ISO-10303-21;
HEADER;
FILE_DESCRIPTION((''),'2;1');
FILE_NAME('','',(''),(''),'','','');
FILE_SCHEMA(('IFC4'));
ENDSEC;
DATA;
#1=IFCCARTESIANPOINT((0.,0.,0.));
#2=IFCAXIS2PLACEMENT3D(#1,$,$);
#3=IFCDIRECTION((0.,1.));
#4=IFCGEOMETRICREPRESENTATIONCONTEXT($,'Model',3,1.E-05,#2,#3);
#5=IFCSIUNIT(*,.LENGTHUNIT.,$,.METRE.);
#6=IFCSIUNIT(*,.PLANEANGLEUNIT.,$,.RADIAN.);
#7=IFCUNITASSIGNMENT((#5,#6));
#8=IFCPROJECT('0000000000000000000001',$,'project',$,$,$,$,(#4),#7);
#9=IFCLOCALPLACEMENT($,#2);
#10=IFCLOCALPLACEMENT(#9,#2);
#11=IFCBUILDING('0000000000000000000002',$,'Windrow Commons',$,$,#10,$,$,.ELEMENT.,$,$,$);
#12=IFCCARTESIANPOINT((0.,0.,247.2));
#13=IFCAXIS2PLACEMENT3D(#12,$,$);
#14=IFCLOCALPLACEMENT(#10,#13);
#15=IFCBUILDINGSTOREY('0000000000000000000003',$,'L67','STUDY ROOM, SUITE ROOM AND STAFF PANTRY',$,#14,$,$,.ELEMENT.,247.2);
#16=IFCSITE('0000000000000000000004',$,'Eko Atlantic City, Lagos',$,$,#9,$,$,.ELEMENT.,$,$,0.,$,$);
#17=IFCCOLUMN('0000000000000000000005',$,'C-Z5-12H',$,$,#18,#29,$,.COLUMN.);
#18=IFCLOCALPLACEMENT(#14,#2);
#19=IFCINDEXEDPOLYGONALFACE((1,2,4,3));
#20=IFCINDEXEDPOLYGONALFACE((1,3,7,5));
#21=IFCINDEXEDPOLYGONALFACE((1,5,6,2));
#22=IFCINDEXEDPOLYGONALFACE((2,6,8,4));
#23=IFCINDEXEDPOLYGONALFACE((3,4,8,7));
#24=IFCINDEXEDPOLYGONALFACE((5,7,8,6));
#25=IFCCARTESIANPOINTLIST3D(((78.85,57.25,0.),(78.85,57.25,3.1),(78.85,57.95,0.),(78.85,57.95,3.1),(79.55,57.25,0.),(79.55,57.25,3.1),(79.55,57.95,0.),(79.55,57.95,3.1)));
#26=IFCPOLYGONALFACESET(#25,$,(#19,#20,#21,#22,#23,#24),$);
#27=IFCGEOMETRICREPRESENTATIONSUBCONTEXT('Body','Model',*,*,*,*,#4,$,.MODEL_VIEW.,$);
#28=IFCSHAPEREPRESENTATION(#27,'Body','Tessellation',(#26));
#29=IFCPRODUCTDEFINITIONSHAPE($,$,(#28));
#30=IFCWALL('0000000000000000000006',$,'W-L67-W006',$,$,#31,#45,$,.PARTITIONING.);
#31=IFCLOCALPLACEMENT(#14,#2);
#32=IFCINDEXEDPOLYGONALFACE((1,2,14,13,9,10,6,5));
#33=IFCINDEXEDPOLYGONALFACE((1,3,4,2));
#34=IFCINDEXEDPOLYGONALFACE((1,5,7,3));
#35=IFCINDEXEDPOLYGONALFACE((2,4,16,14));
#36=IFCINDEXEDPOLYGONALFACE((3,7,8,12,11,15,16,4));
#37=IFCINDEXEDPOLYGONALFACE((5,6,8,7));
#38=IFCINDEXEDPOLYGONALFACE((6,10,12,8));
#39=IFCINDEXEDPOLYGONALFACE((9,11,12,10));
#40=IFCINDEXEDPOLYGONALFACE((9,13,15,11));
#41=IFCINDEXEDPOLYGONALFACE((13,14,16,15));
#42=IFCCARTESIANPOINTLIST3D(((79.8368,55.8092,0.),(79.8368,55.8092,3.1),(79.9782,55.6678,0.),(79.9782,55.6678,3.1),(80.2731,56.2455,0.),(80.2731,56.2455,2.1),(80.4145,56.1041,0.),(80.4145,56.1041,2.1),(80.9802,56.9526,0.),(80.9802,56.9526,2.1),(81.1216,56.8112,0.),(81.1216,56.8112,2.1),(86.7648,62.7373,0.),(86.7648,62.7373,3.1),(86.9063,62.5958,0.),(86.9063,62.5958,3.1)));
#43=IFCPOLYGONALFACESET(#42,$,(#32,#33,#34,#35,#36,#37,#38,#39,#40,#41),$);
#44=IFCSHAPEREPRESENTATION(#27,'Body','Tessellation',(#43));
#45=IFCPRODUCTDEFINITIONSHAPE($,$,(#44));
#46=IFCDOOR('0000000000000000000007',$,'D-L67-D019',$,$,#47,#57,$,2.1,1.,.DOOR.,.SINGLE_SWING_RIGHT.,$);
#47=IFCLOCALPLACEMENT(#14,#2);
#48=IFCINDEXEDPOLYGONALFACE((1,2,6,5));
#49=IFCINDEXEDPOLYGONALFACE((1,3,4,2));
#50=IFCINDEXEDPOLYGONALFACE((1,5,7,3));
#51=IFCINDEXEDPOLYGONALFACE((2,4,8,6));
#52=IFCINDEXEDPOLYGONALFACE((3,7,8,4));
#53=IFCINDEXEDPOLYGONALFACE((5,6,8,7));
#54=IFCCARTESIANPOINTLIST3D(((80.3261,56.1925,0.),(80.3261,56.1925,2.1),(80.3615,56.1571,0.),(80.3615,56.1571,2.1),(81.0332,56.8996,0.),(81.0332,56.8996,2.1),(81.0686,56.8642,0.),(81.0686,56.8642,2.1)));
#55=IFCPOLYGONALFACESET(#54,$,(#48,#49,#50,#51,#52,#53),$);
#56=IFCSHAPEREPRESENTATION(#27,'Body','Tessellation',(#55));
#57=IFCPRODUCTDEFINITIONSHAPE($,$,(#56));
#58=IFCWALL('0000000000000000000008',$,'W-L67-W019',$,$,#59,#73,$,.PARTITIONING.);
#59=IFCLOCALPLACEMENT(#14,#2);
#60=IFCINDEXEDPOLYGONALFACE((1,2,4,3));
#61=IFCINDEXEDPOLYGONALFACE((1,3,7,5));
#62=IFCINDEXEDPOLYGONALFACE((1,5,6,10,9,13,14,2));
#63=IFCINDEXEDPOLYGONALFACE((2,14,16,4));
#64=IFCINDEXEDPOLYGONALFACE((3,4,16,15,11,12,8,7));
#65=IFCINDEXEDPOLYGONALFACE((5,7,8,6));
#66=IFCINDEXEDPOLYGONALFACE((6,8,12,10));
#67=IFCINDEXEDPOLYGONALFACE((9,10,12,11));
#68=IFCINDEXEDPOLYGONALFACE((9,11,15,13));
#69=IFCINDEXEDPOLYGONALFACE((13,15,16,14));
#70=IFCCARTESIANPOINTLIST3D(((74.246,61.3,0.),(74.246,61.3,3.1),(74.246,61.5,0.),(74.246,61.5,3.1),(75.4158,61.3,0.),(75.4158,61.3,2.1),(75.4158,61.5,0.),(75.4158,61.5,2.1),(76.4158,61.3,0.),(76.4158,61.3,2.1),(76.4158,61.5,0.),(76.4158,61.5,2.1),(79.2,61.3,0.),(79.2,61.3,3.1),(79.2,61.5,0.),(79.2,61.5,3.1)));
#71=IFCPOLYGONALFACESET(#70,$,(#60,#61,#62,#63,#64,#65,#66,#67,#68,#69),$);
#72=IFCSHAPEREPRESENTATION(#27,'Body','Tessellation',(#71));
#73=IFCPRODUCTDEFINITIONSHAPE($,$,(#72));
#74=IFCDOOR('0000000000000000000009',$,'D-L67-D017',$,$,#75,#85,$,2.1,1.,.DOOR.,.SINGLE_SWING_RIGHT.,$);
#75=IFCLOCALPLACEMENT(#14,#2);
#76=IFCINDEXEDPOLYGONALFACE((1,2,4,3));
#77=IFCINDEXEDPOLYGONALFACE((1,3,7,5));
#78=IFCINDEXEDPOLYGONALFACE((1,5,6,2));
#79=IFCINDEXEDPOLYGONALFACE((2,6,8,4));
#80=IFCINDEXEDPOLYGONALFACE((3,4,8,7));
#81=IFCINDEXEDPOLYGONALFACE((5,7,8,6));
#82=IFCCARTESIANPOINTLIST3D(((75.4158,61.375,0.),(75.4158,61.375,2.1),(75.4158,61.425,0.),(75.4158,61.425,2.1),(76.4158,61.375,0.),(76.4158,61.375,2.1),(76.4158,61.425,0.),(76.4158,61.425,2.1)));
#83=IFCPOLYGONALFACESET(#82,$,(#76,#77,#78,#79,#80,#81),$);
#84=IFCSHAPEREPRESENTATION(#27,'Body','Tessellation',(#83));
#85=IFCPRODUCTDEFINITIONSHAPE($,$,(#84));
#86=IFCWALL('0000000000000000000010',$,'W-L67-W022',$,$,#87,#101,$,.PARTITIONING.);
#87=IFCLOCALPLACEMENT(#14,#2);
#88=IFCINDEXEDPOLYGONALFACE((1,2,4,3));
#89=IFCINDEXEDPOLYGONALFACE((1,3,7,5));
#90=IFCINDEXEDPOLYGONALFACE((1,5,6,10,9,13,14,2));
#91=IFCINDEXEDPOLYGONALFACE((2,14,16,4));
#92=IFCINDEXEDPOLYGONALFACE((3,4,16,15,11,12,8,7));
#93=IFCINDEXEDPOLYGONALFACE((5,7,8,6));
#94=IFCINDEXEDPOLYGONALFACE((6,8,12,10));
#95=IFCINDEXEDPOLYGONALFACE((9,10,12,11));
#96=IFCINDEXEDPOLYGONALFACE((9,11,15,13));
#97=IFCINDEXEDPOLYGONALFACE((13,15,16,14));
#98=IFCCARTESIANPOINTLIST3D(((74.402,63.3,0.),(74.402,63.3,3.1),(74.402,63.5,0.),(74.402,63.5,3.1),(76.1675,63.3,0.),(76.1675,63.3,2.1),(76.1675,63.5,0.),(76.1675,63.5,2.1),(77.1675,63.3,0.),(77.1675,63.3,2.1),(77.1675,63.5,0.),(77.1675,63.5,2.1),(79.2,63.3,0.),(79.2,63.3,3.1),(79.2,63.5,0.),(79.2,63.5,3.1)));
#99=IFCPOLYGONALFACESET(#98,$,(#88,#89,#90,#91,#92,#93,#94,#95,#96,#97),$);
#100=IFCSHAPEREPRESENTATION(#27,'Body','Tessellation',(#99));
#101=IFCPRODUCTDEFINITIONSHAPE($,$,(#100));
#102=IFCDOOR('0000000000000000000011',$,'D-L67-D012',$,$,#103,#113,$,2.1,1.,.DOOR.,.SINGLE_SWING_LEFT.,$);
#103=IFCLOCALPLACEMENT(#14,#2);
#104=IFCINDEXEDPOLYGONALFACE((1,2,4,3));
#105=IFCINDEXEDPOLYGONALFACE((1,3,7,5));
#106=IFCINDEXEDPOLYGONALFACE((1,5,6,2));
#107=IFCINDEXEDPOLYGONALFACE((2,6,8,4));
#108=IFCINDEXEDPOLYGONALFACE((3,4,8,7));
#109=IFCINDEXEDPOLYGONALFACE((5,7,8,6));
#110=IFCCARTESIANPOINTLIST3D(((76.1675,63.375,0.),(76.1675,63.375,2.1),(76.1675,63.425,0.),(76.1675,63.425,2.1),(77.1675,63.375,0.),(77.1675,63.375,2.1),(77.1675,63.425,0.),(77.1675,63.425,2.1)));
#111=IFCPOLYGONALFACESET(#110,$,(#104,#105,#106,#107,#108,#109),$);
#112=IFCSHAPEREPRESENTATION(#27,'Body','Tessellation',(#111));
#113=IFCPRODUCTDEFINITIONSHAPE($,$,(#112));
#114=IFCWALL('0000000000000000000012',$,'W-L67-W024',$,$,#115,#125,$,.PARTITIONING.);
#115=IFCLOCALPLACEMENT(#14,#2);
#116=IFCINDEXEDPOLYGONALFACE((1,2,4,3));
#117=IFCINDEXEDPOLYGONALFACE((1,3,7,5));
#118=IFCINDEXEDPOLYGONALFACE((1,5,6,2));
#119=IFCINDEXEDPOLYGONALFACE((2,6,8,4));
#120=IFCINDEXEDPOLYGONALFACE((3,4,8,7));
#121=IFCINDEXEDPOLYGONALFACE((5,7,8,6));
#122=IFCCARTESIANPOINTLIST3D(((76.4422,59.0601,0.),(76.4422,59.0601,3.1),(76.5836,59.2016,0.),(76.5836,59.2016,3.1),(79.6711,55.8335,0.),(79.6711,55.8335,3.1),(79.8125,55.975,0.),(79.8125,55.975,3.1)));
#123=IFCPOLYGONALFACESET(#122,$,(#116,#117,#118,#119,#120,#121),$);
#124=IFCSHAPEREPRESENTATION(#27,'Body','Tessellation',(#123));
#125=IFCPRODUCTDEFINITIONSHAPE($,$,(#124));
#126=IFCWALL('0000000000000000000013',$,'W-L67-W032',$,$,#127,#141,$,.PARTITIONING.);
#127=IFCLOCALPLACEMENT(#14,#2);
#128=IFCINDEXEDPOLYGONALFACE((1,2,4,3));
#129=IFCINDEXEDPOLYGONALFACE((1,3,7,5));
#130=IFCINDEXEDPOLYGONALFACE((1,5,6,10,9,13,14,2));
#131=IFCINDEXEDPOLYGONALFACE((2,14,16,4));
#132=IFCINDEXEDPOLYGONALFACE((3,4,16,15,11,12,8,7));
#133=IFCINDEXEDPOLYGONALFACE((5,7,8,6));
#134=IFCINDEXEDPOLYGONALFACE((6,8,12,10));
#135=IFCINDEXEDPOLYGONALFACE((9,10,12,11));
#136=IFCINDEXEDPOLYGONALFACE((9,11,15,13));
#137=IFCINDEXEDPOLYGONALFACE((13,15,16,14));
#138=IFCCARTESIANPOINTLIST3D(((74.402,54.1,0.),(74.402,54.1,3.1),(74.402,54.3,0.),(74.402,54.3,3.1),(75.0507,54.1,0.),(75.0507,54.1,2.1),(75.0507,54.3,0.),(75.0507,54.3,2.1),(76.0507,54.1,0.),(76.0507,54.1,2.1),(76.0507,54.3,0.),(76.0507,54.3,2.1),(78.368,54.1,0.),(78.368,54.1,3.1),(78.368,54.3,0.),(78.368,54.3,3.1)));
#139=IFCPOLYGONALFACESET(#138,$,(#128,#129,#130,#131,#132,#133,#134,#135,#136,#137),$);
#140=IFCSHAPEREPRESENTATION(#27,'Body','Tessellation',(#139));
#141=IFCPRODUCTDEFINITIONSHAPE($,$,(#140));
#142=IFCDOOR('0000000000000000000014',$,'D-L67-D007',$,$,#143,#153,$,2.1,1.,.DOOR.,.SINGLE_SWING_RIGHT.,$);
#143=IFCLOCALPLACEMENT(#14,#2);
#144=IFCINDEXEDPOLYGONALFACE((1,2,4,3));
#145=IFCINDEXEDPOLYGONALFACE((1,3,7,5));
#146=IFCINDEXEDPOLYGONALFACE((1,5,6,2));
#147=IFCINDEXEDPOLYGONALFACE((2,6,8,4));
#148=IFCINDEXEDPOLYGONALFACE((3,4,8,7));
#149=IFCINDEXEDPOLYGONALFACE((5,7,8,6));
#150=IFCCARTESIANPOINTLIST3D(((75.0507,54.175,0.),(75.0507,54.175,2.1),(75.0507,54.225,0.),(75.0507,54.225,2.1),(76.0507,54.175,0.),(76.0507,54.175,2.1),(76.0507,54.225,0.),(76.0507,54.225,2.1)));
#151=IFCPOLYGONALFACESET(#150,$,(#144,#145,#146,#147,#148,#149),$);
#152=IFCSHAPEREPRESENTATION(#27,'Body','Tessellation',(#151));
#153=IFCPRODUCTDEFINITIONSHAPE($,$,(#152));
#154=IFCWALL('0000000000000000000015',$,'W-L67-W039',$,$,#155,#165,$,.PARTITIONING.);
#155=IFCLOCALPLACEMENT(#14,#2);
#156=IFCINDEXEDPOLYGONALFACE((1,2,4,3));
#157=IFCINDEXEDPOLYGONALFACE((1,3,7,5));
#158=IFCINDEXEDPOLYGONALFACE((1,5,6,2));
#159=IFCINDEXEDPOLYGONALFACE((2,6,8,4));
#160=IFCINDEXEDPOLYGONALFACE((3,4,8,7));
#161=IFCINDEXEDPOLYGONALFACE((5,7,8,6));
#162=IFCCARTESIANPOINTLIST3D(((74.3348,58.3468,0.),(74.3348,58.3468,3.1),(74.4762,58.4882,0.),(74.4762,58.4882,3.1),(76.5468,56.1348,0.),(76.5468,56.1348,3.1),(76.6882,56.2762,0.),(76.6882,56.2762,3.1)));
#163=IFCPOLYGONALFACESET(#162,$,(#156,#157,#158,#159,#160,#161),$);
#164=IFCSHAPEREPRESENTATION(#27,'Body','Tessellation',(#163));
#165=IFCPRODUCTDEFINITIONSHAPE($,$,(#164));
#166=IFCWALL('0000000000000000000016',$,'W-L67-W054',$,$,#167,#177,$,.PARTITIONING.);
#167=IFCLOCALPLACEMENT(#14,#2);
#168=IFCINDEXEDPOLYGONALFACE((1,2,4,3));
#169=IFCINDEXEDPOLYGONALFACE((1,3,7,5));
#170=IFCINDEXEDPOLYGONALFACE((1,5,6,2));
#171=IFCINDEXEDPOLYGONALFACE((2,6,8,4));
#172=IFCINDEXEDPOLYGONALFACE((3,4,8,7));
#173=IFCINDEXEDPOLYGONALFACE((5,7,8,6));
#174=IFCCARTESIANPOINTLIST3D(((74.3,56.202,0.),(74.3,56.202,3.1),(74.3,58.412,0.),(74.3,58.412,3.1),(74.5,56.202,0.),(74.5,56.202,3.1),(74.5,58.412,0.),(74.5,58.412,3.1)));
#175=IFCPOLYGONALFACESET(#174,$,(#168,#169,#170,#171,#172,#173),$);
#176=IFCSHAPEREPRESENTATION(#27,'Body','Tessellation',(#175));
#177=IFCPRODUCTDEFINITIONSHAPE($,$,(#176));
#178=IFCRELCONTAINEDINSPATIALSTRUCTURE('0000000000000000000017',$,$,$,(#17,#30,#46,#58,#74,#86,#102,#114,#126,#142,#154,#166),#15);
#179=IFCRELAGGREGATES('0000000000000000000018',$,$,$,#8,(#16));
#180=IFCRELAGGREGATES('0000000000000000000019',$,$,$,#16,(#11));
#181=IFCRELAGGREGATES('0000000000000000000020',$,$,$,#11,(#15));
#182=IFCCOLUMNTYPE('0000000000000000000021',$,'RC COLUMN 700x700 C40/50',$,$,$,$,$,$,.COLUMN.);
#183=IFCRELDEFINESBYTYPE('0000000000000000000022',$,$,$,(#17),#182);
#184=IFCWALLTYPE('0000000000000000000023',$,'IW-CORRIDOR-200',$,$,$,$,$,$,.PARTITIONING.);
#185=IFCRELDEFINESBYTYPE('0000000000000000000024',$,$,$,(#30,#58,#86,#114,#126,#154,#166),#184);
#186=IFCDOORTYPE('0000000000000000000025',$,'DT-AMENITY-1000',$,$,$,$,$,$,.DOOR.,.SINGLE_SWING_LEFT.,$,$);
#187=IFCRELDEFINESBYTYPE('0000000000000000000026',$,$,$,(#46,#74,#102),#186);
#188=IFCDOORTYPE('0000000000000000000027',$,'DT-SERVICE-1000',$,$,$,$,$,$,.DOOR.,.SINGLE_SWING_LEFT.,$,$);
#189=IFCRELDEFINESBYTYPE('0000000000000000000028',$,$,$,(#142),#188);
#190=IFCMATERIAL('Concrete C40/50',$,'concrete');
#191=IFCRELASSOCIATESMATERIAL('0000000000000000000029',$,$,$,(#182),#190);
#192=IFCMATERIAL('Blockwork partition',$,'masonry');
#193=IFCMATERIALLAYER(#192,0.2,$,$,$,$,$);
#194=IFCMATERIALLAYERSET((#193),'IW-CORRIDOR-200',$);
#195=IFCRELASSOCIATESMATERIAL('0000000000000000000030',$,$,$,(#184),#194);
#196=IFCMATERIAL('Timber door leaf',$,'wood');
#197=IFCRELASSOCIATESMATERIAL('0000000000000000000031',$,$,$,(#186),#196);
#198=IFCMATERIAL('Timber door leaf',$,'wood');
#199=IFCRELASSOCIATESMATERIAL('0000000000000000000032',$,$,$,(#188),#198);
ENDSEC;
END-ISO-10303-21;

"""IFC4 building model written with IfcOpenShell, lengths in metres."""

from ifc_helpers import new_model, si_unit, direction, frame, frame_2d, origin, origin_2d, place, context, subcontext, project, spatial, rectangle, extrude, material, layer, layer_set, material_profile, profile_set, type_object, element, fill, save


model = new_model("IFC4")

# Units and contexts
model_context = context("Model", 3, precision=1e-05, world=origin(), true_north=direction((0.0, 1.0)))
body_context = subcontext(model_context, "Body", "Model", "MODEL_VIEW")
ifc_project = project(units=[si_unit("LENGTHUNIT", "METRE"), si_unit("PLANEANGLEUNIT", "RADIAN")], contexts=[model_context])

# Site, building, storey
site_placement = place(None, origin())
site = spatial("IfcSite", under=ifc_project, at=site_placement, Name="Eko Atlantic City, Lagos", CompositionType="ELEMENT", RefElevation=0.0)
building_placement = place(site_placement, origin())
building = spatial("IfcBuilding", under=site, at=building_placement, Name="Windrow Commons", CompositionType="ELEMENT")
storey_placement = place(building_placement, frame((0.0, 0.0, 247.2)))
storey = spatial("IfcBuildingStorey", under=building, at=storey_placement, Name="L67", Description="STUDY ROOM, SUITE ROOM AND STAFF PANTRY", CompositionType="ELEMENT", Elevation=247.2)

# Column
ifc_material_1 = material(Name="Concrete C40/50", Category="concrete")
ifc_material_profile = material_profile(ifc_material_1, rectangle(XDim=0.7, YDim=0.7, at=origin_2d()))
ifc_profile_set = profile_set([ifc_material_profile], Name="Concrete C40/50")
column_type = type_object("IfcColumnType", Name="RC COLUMN 700x700 C40/50", PredefinedType="COLUMN", material=ifc_profile_set)
column_placement = place(storey_placement, frame((79.2, 57.6, 0.0), z_axis=(0.0, 0.0, 1.0), x_axis=(1.0, 0.0, 0.0)))
element("IfcColumn", 1, at=column_placement, inside=storey, type_object=column_type, Name="C-Z5-12H", PredefinedType="COLUMN", context=body_context, shape_type="SweptSolid", body=[
    extrude(rectangle(XDim=0.7, YDim=0.7, at=origin_2d()), origin(), (0.0, 0.0, 1.0), 3.1),
])

# Walls, openings, doors
ifc_material_2 = material(Name="Blockwork partition", Category="masonry")
ifc_layer_1 = layer(ifc_material_2, 0.2)
ifc_layer_set_1 = layer_set([ifc_layer_1], Name="IW-CORRIDOR-200")
wall_type_1 = type_object("IfcWallType", Name="IW-CORRIDOR-200", PredefinedType="PARTITIONING", material=ifc_layer_set_1)
wall_1_placement = place(storey_placement, frame((79.9075, 55.7385, 0.0), z_axis=(0.0, 0.0, 1.0), x_axis=(0.707107, 0.707107, 0.0)))
wall_1 = element("IfcWall", 2, at=wall_1_placement, inside=storey, type_object=wall_type_1, Name="W-L67-W006", PredefinedType="PARTITIONING", context=body_context, shape_type="SweptSolid", body=[
    extrude(rectangle(XDim=9.7977, YDim=0.2, at=frame_2d((4.8989, 0.0))), origin(), (0.0, 0.0, 1.0), 3.1),
])
opening_1_placement = place(wall_1_placement, frame((0.617, 0.0, 0.0)))
opening_1 = element("IfcOpeningElement", 3, at=opening_1_placement, cuts=wall_1, PredefinedType="OPENING", context=body_context, shape_type="SweptSolid", body=[
    extrude(rectangle(XDim=1.0, YDim=2.1, at=frame_2d((0.5, 1.05))), frame((0.0, 0.11, 0.0), z_axis=(0.0, -1.0, 0.0), x_axis=(1.0, 0.0, 0.0)), (0.0, 0.0, 1.0), 0.22),
])
ifc_material_3 = material(Name="Timber door leaf", Category="wood")
door_type_1 = type_object("IfcDoorType", Name="DT-AMENITY-1000", OperationType="SINGLE_SWING_LEFT", PredefinedType="DOOR", material=ifc_material_3)
door_1_placement = place(opening_1_placement, origin())
door_1 = element("IfcDoor", 4, at=door_1_placement, inside=storey, type_object=door_type_1, Name="D-L67-D019", OperationType="SINGLE_SWING_RIGHT", OverallHeight=2.1, OverallWidth=1.0, PredefinedType="DOOR", context=body_context, shape_type="SweptSolid", body=[
    extrude(rectangle(XDim=1.0, YDim=2.1, at=frame_2d((0.5, 1.05))), frame((0.0, 0.025, 0.0), z_axis=(0.0, -1.0, 0.0), x_axis=(1.0, 0.0, 0.0)), (0.0, 0.0, 1.0), 0.05),
])
fill(opening_1, door_1)
wall_2_placement = place(storey_placement, frame((74.246, 61.4, 0.0), z_axis=(0.0, 0.0, 1.0), x_axis=(1.0, 0.0, 0.0)))
wall_2 = element("IfcWall", 5, at=wall_2_placement, inside=storey, type_object=wall_type_1, Name="W-L67-W019", PredefinedType="PARTITIONING", context=body_context, shape_type="SweptSolid", body=[
    extrude(rectangle(XDim=4.954, YDim=0.2, at=frame_2d((2.477, 0.0))), origin(), (0.0, 0.0, 1.0), 3.1),
])
opening_2_placement = place(wall_2_placement, frame((1.1698, 0.0, 0.0)))
opening_2 = element("IfcOpeningElement", 6, at=opening_2_placement, cuts=wall_2, PredefinedType="OPENING", context=body_context, shape_type="SweptSolid", body=[
    extrude(rectangle(XDim=1.0, YDim=2.1, at=frame_2d((0.5, 1.05))), frame((0.0, 0.11, 0.0), z_axis=(0.0, -1.0, 0.0), x_axis=(1.0, 0.0, 0.0)), (0.0, 0.0, 1.0), 0.22),
])
door_2_placement = place(opening_2_placement, origin())
door_2 = element("IfcDoor", 7, at=door_2_placement, inside=storey, type_object=door_type_1, Name="D-L67-D017", OperationType="SINGLE_SWING_RIGHT", OverallHeight=2.1, OverallWidth=1.0, PredefinedType="DOOR", context=body_context, shape_type="SweptSolid", body=[
    extrude(rectangle(XDim=1.0, YDim=2.1, at=frame_2d((0.5, 1.05))), frame((0.0, 0.025, 0.0), z_axis=(0.0, -1.0, 0.0), x_axis=(1.0, 0.0, 0.0)), (0.0, 0.0, 1.0), 0.05),
])
fill(opening_2, door_2)
wall_3_placement = place(storey_placement, frame((74.402, 63.4, 0.0), z_axis=(0.0, 0.0, 1.0), x_axis=(1.0, 0.0, 0.0)))
wall_3 = element("IfcWall", 8, at=wall_3_placement, inside=storey, type_object=wall_type_1, Name="W-L67-W022", PredefinedType="PARTITIONING", context=body_context, shape_type="SweptSolid", body=[
    extrude(rectangle(XDim=4.798, YDim=0.2, at=frame_2d((2.399, 0.0))), origin(), (0.0, 0.0, 1.0), 3.1),
])
opening_3_placement = place(wall_3_placement, frame((1.7655, 0.0, 0.0)))
opening_3 = element("IfcOpeningElement", 9, at=opening_3_placement, cuts=wall_3, PredefinedType="OPENING", context=body_context, shape_type="SweptSolid", body=[
    extrude(rectangle(XDim=1.0, YDim=2.1, at=frame_2d((0.5, 1.05))), frame((0.0, 0.11, 0.0), z_axis=(0.0, -1.0, 0.0), x_axis=(1.0, 0.0, 0.0)), (0.0, 0.0, 1.0), 0.22),
])
door_3_placement = place(opening_3_placement, origin())
door_3 = element("IfcDoor", 10, at=door_3_placement, inside=storey, type_object=door_type_1, Name="D-L67-D012", OperationType="SINGLE_SWING_LEFT", OverallHeight=2.1, OverallWidth=1.0, PredefinedType="DOOR", context=body_context, shape_type="SweptSolid", body=[
    extrude(rectangle(XDim=1.0, YDim=2.1, at=frame_2d((0.5, 1.05))), frame((0.0, 0.025, 0.0), z_axis=(0.0, -1.0, 0.0), x_axis=(1.0, 0.0, 0.0)), (0.0, 0.0, 1.0), 0.05),
])
fill(opening_3, door_3)

# Wall
wall_4_placement = place(storey_placement, frame((76.5129, 59.1309, 0.0), z_axis=(0.0, 0.0, 1.0), x_axis=(0.707359, -0.706855, 0.0)))
element("IfcWall", 11, at=wall_4_placement, inside=storey, type_object=wall_type_1, Name="W-L67-W024", PredefinedType="PARTITIONING", context=body_context, shape_type="SweptSolid", body=[
    extrude(rectangle(XDim=4.5647, YDim=0.2, at=frame_2d((2.2824, 0.0))), origin(), (0.0, 0.0, 1.0), 3.1),
])

# Wall, opening, door
wall_5_placement = place(storey_placement, frame((74.402, 54.2, 0.0), z_axis=(0.0, 0.0, 1.0), x_axis=(1.0, 0.0, 0.0)))
wall_5 = element("IfcWall", 12, at=wall_5_placement, inside=storey, type_object=wall_type_1, Name="W-L67-W032", PredefinedType="PARTITIONING", context=body_context, shape_type="SweptSolid", body=[
    extrude(rectangle(XDim=3.966, YDim=0.2, at=frame_2d((1.983, 0.0))), origin(), (0.0, 0.0, 1.0), 3.1),
])
opening_4_placement = place(wall_5_placement, frame((0.6487, 0.0, 0.0)))
opening_4 = element("IfcOpeningElement", 13, at=opening_4_placement, cuts=wall_5, PredefinedType="OPENING", context=body_context, shape_type="SweptSolid", body=[
    extrude(rectangle(XDim=1.0, YDim=2.1, at=frame_2d((0.5, 1.05))), frame((0.0, 0.11, 0.0), z_axis=(0.0, -1.0, 0.0), x_axis=(1.0, 0.0, 0.0)), (0.0, 0.0, 1.0), 0.22),
])
ifc_material_4 = material(Name="Timber door leaf", Category="wood")
door_type_2 = type_object("IfcDoorType", Name="DT-SERVICE-1000", OperationType="SINGLE_SWING_LEFT", PredefinedType="DOOR", material=ifc_material_4)
door_4_placement = place(opening_4_placement, origin())
door_4 = element("IfcDoor", 14, at=door_4_placement, inside=storey, type_object=door_type_2, Name="D-L67-D007", OperationType="SINGLE_SWING_RIGHT", OverallHeight=2.1, OverallWidth=1.0, PredefinedType="DOOR", context=body_context, shape_type="SweptSolid", body=[
    extrude(rectangle(XDim=1.0, YDim=2.1, at=frame_2d((0.5, 1.05))), frame((0.0, 0.025, 0.0), z_axis=(0.0, -1.0, 0.0), x_axis=(1.0, 0.0, 0.0)), (0.0, 0.0, 1.0), 0.05),
])
fill(opening_4, door_4)

# Walls
wall_6_placement = place(storey_placement, frame((74.4055, 58.4175, 0.0), z_axis=(0.0, 0.0, 1.0), x_axis=(0.707107, -0.707107, 0.0)))
element("IfcWall", 15, at=wall_6_placement, inside=storey, type_object=wall_type_1, Name="W-L67-W039", PredefinedType="PARTITIONING", context=body_context, shape_type="SweptSolid", body=[
    extrude(rectangle(XDim=3.1282, YDim=0.2, at=frame_2d((1.5641, 0.0))), origin(), (0.0, 0.0, 1.0), 3.1),
])
for number, where, z_axis, x_axis, name in (
    (16, (74.4, 56.202, 0.0), (0.0, 0.0, 1.0), (0.0, 1.0, 0.0), "W-L67-W054"),
):
    element("IfcWall", number, at=place(storey_placement, frame(where, z_axis=z_axis, x_axis=x_axis)), inside=storey, type_object=wall_type_1, Name=name, PredefinedType="PARTITIONING", context=body_context, shape_type="SweptSolid", body=[
        extrude(rectangle(XDim=2.21, YDim=0.2, at=frame_2d((1.105, 0.0))), origin(), (0.0, 0.0, 1.0), 3.1),
    ])

save(model, "model.ifc")
